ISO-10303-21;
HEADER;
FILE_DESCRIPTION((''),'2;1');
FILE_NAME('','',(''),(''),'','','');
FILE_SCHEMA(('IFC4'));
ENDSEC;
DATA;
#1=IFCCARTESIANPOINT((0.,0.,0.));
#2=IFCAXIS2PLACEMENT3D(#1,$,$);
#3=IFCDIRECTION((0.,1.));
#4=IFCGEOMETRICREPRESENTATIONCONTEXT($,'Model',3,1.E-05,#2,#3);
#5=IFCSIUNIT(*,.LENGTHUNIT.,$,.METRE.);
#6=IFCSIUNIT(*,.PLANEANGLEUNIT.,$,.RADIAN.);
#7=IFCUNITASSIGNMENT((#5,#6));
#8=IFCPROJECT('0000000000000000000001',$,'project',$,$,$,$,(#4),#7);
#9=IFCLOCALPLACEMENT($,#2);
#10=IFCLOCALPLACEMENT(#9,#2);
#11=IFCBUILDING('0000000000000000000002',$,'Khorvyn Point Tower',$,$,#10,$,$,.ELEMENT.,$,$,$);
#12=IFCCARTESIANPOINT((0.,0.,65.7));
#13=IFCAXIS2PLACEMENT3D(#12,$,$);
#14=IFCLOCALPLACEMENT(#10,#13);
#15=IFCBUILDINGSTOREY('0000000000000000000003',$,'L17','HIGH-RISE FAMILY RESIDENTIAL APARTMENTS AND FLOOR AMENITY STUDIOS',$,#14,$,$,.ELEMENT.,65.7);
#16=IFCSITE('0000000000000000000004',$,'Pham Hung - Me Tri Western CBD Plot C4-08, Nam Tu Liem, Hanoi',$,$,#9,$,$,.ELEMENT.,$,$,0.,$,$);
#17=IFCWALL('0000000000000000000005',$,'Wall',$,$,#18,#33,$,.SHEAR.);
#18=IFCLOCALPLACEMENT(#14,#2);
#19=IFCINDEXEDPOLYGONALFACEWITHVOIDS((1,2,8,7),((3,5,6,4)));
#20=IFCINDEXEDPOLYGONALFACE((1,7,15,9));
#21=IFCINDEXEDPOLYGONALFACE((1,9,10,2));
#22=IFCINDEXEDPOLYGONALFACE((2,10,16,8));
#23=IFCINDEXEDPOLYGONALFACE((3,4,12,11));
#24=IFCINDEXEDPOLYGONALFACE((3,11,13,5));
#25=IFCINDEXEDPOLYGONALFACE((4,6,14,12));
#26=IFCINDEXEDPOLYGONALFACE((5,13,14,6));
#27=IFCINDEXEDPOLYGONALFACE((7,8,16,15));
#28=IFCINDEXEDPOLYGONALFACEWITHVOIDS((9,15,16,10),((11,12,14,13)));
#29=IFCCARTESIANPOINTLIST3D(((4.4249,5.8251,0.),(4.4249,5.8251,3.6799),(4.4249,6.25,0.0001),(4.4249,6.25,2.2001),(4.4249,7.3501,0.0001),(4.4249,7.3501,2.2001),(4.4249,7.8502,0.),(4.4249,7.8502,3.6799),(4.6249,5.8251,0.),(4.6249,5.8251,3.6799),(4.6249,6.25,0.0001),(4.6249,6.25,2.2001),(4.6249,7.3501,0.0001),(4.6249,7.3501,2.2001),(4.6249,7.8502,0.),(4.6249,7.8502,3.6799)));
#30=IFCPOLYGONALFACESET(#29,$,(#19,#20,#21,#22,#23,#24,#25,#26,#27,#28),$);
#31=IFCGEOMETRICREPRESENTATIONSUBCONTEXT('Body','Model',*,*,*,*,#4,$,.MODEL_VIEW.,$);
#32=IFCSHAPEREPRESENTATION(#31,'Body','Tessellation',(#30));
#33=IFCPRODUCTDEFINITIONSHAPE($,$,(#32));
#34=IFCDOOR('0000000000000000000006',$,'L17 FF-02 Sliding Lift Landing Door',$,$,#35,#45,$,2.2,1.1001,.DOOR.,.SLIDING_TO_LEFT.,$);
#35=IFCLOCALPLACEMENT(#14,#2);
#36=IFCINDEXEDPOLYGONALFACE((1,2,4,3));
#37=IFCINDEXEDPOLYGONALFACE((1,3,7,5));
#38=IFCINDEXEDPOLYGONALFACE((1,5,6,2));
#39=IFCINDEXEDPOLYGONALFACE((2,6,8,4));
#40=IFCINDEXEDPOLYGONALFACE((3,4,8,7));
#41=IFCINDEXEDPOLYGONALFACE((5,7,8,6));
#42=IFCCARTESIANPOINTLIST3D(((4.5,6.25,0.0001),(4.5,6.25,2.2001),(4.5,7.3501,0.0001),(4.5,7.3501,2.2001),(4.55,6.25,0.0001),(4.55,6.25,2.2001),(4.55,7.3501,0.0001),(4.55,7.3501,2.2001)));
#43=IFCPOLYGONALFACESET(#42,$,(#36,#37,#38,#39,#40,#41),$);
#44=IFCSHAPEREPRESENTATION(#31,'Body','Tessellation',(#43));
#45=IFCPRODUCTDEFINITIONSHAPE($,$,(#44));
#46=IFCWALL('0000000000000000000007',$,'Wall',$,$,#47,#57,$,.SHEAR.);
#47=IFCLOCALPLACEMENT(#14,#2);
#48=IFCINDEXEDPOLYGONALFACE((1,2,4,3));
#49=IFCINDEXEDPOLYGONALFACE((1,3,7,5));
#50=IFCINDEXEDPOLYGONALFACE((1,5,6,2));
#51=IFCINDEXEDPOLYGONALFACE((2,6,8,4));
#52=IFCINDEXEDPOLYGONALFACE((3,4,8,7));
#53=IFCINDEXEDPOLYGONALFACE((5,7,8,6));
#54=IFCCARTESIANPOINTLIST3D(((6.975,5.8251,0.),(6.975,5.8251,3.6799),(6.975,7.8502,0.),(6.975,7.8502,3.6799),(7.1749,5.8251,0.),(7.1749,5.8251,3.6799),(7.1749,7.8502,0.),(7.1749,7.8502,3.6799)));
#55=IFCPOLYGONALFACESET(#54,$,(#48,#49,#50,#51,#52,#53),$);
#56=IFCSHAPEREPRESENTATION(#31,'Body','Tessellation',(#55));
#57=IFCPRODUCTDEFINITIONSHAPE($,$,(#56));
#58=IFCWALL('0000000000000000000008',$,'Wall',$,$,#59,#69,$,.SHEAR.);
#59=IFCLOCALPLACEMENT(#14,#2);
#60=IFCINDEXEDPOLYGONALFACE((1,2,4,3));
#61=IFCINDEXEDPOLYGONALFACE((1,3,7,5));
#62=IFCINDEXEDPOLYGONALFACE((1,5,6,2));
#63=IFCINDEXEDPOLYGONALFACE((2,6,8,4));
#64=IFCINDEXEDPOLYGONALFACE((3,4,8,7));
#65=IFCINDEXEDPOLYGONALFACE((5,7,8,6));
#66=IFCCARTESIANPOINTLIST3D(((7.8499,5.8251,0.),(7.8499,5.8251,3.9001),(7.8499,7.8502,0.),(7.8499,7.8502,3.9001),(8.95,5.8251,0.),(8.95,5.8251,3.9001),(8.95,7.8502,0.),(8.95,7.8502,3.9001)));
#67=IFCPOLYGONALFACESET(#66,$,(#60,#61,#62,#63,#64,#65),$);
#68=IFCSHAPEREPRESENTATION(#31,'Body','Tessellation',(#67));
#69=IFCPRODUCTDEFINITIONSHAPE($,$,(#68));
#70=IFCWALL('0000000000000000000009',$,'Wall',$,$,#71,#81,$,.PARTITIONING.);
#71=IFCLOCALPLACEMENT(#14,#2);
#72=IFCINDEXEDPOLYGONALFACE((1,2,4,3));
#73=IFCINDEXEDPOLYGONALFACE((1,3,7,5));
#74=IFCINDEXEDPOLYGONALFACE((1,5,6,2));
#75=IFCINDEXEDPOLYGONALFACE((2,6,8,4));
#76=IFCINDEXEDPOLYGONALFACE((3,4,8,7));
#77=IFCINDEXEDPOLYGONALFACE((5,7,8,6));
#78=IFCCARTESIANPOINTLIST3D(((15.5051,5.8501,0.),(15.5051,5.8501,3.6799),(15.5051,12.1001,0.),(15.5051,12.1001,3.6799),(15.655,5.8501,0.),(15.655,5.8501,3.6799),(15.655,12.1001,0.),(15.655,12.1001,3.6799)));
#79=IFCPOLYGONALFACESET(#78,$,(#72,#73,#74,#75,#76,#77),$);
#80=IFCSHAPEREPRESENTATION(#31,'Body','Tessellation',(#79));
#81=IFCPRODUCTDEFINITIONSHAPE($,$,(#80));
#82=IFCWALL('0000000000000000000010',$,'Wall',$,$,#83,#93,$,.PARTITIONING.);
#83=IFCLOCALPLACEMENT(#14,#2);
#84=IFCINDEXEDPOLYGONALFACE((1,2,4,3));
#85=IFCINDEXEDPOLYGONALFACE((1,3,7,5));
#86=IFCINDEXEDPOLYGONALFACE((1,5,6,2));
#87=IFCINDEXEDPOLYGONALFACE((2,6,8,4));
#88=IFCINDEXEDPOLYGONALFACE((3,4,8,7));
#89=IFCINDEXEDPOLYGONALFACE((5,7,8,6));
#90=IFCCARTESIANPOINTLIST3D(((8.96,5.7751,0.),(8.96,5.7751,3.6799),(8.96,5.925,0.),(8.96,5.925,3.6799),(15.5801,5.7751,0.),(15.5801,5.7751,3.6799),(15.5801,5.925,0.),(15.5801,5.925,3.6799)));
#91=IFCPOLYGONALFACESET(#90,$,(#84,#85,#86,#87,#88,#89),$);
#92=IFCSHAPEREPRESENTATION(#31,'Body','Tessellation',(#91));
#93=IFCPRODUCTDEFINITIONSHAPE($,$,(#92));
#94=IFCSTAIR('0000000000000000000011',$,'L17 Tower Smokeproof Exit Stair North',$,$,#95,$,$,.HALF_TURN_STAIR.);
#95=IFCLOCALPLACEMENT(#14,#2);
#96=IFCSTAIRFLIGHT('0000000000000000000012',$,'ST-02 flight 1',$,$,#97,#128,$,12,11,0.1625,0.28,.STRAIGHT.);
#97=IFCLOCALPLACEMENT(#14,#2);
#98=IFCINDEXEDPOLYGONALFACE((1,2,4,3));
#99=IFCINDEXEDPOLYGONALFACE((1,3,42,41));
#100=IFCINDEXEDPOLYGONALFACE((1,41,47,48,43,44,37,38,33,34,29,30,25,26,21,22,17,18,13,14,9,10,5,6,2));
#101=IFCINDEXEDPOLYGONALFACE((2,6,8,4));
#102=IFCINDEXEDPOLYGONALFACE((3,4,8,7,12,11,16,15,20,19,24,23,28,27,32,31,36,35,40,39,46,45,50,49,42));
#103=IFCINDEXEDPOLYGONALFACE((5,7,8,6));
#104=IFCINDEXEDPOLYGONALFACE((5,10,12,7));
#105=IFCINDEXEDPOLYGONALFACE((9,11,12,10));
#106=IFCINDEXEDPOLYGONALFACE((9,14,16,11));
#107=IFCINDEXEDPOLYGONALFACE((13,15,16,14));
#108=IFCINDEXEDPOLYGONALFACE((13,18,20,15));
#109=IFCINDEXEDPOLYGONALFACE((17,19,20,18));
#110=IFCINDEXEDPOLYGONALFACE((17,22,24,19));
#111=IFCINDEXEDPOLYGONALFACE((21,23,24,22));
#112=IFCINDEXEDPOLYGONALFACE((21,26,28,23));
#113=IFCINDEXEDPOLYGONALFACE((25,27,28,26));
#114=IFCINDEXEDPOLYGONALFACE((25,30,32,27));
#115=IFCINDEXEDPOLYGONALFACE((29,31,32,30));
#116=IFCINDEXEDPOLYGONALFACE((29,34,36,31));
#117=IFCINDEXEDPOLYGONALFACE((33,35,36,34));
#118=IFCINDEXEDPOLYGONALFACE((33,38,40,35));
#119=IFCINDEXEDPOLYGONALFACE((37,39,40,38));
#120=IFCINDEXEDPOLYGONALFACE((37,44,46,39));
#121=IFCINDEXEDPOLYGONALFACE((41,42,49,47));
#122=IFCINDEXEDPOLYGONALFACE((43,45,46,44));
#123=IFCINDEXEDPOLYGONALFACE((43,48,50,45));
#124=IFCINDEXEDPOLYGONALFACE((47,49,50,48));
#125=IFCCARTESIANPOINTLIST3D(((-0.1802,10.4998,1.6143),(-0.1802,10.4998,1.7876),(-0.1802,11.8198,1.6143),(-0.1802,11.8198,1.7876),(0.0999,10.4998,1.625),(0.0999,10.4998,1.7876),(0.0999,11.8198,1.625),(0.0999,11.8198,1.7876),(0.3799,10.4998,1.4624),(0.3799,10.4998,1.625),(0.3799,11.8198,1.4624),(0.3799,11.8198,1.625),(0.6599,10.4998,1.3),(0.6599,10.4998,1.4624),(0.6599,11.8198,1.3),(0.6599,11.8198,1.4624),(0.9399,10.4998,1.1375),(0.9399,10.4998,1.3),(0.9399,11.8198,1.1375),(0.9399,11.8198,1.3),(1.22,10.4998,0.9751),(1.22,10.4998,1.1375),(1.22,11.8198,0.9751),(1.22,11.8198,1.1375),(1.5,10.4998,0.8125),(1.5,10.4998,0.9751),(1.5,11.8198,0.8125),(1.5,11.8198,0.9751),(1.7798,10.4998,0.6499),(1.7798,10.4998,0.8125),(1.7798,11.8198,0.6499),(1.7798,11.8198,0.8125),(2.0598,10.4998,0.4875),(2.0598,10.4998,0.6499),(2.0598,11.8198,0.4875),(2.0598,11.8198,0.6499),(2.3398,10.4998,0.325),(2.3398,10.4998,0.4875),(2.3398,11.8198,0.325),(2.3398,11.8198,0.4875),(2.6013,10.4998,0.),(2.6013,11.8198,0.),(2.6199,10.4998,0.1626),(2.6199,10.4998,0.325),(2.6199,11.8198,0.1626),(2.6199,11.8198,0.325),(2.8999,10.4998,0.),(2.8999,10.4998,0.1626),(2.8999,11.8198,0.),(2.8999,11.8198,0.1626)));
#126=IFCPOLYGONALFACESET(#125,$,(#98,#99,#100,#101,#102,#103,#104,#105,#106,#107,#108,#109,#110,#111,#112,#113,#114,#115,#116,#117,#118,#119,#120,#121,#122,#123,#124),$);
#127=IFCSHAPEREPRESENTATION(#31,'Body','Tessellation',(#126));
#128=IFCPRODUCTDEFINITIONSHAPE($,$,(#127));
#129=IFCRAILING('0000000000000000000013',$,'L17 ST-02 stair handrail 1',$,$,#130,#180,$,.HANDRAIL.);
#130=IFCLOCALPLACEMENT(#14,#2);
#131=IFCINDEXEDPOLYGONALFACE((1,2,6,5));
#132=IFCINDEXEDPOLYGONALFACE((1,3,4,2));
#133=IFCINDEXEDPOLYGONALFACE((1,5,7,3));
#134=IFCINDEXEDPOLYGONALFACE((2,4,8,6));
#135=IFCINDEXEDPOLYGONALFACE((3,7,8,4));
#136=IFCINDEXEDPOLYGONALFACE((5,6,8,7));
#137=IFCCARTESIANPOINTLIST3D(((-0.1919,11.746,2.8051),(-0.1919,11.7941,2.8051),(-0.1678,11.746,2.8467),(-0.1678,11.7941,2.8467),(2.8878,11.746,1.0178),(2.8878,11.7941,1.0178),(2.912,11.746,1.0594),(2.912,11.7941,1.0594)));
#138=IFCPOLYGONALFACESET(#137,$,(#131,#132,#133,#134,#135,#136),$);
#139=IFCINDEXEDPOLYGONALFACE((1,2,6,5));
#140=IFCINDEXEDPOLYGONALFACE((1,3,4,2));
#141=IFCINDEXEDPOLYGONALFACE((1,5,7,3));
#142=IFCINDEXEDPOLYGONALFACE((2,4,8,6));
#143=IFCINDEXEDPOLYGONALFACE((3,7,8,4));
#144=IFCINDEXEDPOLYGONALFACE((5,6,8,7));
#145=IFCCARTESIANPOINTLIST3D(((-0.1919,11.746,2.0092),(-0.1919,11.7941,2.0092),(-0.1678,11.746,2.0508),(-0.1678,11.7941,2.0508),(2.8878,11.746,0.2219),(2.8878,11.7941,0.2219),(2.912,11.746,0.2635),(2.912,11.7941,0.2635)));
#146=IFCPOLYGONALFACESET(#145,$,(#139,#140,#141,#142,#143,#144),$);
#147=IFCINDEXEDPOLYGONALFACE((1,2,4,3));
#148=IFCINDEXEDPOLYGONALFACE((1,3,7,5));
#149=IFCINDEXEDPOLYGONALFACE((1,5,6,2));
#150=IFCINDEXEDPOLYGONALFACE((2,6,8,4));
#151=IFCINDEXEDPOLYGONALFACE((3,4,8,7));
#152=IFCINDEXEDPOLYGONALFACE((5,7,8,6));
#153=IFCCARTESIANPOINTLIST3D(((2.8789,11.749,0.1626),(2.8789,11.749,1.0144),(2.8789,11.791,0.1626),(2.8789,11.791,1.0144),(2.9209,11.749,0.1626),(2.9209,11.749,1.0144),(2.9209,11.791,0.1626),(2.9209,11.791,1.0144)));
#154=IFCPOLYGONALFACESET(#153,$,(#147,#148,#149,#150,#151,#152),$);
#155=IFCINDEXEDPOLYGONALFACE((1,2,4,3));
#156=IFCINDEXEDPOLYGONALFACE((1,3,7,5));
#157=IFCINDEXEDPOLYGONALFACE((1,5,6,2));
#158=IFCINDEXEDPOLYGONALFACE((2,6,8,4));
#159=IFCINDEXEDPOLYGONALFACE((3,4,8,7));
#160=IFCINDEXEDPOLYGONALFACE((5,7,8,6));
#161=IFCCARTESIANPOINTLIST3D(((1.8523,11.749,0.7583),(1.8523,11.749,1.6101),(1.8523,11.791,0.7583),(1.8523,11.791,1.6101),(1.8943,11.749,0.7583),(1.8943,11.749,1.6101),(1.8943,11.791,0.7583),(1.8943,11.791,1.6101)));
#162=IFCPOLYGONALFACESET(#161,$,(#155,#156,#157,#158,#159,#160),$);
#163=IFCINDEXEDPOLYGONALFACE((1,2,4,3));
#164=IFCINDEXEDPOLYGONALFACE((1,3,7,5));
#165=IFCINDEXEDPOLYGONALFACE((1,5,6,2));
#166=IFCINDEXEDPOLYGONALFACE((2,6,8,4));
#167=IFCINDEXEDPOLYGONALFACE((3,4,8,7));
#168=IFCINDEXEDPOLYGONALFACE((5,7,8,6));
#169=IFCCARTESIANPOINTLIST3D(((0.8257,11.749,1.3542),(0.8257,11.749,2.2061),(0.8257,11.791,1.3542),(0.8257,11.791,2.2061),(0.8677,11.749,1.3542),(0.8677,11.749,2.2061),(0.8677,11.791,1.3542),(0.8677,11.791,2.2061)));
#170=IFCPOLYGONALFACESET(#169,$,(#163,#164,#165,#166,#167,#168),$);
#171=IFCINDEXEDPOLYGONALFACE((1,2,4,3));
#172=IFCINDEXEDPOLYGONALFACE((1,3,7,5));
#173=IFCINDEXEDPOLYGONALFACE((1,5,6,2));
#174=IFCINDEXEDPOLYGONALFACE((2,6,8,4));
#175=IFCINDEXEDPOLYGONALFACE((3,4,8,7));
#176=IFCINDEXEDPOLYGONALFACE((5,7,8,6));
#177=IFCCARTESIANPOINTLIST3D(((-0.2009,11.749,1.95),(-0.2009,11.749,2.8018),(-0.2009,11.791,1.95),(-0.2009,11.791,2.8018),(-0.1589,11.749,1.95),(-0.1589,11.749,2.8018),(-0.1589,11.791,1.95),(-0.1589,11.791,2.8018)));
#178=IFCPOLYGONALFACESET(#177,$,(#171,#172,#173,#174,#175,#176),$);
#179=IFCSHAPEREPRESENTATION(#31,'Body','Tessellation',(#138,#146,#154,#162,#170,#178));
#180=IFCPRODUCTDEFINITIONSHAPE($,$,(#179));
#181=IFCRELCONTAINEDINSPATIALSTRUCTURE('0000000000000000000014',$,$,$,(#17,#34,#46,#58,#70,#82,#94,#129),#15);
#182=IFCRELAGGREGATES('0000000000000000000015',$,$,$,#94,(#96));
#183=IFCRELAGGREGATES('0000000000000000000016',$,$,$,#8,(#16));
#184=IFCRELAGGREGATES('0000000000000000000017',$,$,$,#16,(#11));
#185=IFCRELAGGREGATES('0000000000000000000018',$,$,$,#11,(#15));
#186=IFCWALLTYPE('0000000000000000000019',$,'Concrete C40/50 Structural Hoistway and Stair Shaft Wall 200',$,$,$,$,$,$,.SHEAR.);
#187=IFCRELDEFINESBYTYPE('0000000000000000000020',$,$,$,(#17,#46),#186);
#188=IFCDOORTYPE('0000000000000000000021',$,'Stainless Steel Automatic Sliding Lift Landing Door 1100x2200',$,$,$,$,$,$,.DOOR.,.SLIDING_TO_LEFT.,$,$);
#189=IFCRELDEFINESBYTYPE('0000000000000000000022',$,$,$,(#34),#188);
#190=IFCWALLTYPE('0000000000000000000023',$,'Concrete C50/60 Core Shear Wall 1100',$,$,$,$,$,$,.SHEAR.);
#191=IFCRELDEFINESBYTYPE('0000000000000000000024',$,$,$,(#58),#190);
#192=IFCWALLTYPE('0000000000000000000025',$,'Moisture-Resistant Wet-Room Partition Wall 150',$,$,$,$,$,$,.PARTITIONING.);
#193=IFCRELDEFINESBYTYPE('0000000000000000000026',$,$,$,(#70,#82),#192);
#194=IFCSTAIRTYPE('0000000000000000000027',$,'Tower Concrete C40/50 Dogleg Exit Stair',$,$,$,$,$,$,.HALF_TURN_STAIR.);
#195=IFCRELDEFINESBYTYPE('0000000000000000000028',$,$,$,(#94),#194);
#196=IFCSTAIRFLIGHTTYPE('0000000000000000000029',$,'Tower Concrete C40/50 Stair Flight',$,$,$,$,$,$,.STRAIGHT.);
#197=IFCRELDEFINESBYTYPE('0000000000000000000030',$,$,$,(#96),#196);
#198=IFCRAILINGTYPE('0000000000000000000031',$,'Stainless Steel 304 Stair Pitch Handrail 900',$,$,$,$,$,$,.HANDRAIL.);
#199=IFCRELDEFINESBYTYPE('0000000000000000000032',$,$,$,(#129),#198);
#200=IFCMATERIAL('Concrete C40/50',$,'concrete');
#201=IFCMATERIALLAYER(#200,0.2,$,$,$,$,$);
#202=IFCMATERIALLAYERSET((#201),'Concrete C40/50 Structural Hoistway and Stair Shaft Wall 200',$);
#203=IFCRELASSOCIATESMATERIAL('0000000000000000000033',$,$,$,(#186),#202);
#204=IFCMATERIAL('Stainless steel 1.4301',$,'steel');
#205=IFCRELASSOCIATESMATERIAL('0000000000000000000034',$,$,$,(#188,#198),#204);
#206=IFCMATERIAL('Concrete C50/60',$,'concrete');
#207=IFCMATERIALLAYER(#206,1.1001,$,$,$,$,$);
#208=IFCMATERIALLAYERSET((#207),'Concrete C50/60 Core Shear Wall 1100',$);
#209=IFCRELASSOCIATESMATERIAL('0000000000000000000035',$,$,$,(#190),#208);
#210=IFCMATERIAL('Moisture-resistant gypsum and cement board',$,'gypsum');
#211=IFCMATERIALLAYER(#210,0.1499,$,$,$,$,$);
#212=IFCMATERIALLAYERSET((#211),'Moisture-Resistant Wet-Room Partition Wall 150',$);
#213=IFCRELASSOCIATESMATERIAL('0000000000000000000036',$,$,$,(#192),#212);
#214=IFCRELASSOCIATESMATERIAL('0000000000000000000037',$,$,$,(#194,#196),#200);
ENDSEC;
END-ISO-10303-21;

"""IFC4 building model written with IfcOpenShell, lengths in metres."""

from ifc_helpers import new_model, si_unit, direction, frame, frame_2d, origin, origin_2d, place, context, subcontext, project, spatial, polyline, rectangle, outline, extrude, material, layer, layer_set, type_object, element, fill, aggregate, save


model = new_model("IFC4")

# Units and contexts
model_context = context("Model", 3, precision=1e-05, world=origin(), true_north=direction((0.0, 1.0)))
body_context = subcontext(model_context, "Body", "Model", "MODEL_VIEW")
ifc_project = project(units=[si_unit("LENGTHUNIT", "METRE"), si_unit("PLANEANGLEUNIT", "RADIAN")], contexts=[model_context])

# Site, building, storey
site_placement = place(None, origin())
site = spatial("IfcSite", under=ifc_project, at=site_placement, Name="Pham Hung - Me Tri Western CBD Plot C4-08, Nam Tu Liem, Hanoi", CompositionType="ELEMENT", RefElevation=0.0)
building_placement = place(site_placement, origin())
building = spatial("IfcBuilding", under=site, at=building_placement, Name="Khorvyn Point Tower", CompositionType="ELEMENT")
storey_placement = place(building_placement, frame((0.0, 0.0, 65.7)))
storey = spatial("IfcBuildingStorey", under=building, at=storey_placement, Name="L17", Description="HIGH-RISE FAMILY RESIDENTIAL APARTMENTS AND FLOOR AMENITY STUDIOS", CompositionType="ELEMENT", Elevation=65.7)

# Shared definitions
ifc_material_1 = material(Name="Concrete C50/60", Category="concrete")

# Shared definitions
ifc_material_2 = material(Name="Concrete C40/50", Category="concrete")

# Wall, opening, door
ifc_layer_1 = layer(ifc_material_2, 0.2)
ifc_layer_set_1 = layer_set([ifc_layer_1], Name="Concrete C40/50 Structural Hoistway and Stair Shaft Wall 200")
wall_type_1 = type_object("IfcWallType", Name="Concrete C40/50 Structural Hoistway and Stair Shaft Wall 200", PredefinedType="SHEAR", material=ifc_layer_set_1)
wall_1_placement = place(storey_placement, frame((4.5249, 5.825, 0.0), z_axis=(0.0, 0.0, 1.0), x_axis=(0.0, 1.0, 0.0)))
wall_1 = element("IfcWall", 1, at=wall_1_placement, inside=storey, type_object=wall_type_1, Name="Wall", PredefinedType="SHEAR", context=body_context, shape_type="SweptSolid", body=[
    extrude(rectangle(XDim=2.0251, YDim=0.2, at=frame_2d((1.0127, 0.0))), origin(), (0.0, 0.0, 1.0), 3.6799),
])
opening_1_placement = place(wall_1_placement, frame((0.425, 0.0, 0.0)))
opening_1 = element("IfcOpeningElement", 2, at=opening_1_placement, cuts=wall_1, PredefinedType="OPENING", context=body_context, shape_type="SweptSolid", body=[
    extrude(rectangle(XDim=1.1001, YDim=2.2, at=frame_2d((0.55, 1.1001))), frame((0.0, 0.1099, 0.0), z_axis=(0.0, -1.0, 0.0), x_axis=(1.0, 0.0, 0.0)), (0.0, 0.0, 1.0), 0.22),
])
ifc_material_3 = material(Name="Stainless steel 1.4301", Category="steel")
door_type_1 = type_object("IfcDoorType", Name="Stainless Steel Automatic Sliding Lift Landing Door 1100x2200", OperationType="SLIDING_TO_LEFT", PredefinedType="DOOR", material=ifc_material_3)
door_1_placement = place(opening_1_placement, origin())
door_1 = element("IfcDoor", 3, at=door_1_placement, inside=storey, type_object=door_type_1, Name="L17 FF-02 Sliding Lift Landing Door", OperationType="SLIDING_TO_LEFT", OverallHeight=2.2, OverallWidth=1.1001, PredefinedType="DOOR", context=body_context, shape_type="SweptSolid", body=[
    extrude(rectangle(XDim=1.1001, YDim=2.2, at=frame_2d((0.55, 1.1001))), frame((0.0, 0.0249, 0.0), z_axis=(0.0, -1.0, 0.0), x_axis=(1.0, 0.0, 0.0)), (0.0, 0.0, 1.0), 0.05),
])
fill(opening_1, door_1)

# Walls
wall_2_placement = place(storey_placement, frame((7.075, 5.825, 0.0), z_axis=(0.0, 0.0, 1.0), x_axis=(0.0, 1.0, 0.0)))
element("IfcWall", 4, at=wall_2_placement, inside=storey, type_object=wall_type_1, Name="Wall", PredefinedType="SHEAR", context=body_context, shape_type="SweptSolid", body=[
    extrude(rectangle(XDim=2.0251, YDim=0.2, at=frame_2d((1.0127, 0.0))), origin(), (0.0, 0.0, 1.0), 3.6799),
])
ifc_layer_2 = layer(ifc_material_1, 1.1001)
ifc_layer_set_2 = layer_set([ifc_layer_2], Name="Concrete C50/60 Core Shear Wall 1100")
wall_type_2 = type_object("IfcWallType", Name="Concrete C50/60 Core Shear Wall 1100", PredefinedType="SHEAR", material=ifc_layer_set_2)
wall_3_placement = place(storey_placement, frame((8.3999, 5.825, 0.0), z_axis=(0.0, 0.0, 1.0), x_axis=(0.0, 1.0, 0.0)))
element("IfcWall", 5, at=wall_3_placement, inside=storey, type_object=wall_type_2, Name="Wall", PredefinedType="SHEAR", context=body_context, shape_type="SweptSolid", body=[
    extrude(rectangle(XDim=2.0251, YDim=1.1001, at=frame_2d((1.0127, 0.0))), origin(), (0.0, 0.0, 1.0), 3.9001),
])
ifc_material_4 = material(Name="Moisture-resistant gypsum and cement board", Category="gypsum")
ifc_layer_3 = layer(ifc_material_4, 0.1499)
ifc_layer_set_3 = layer_set([ifc_layer_3], Name="Moisture-Resistant Wet-Room Partition Wall 150")
wall_type_3 = type_object("IfcWallType", Name="Moisture-Resistant Wet-Room Partition Wall 150", PredefinedType="PARTITIONING", material=ifc_layer_set_3)
wall_4_placement = place(storey_placement, frame((15.5801, 5.8501, 0.0), z_axis=(0.0, 0.0, 1.0), x_axis=(0.0, 1.0, 0.0)))
element("IfcWall", 6, at=wall_4_placement, inside=storey, type_object=wall_type_3, Name="Wall", PredefinedType="PARTITIONING", context=body_context, shape_type="SweptSolid", body=[
    extrude(rectangle(XDim=6.25, YDim=0.1499, at=frame_2d((3.125, 0.0))), origin(), (0.0, 0.0, 1.0), 3.6799),
])
wall_5_placement = place(storey_placement, frame((8.96, 5.8501, 0.0), z_axis=(0.0, 0.0, 1.0), x_axis=(1.0, 0.0, 0.0)))
element("IfcWall", 7, at=wall_5_placement, inside=storey, type_object=wall_type_3, Name="Wall", PredefinedType="PARTITIONING", context=body_context, shape_type="SweptSolid", body=[
    extrude(rectangle(XDim=6.6201, YDim=0.1499, at=frame_2d((3.3101, 0.0))), origin(), (0.0, 0.0, 1.0), 3.6799),
])

# Stair, stair flight
stair_type = type_object("IfcStairType", Name="Tower Concrete C40/50 Dogleg Exit Stair", PredefinedType="HALF_TURN_STAIR", material=ifc_material_2)
stair_placement = place(storey_placement, origin())
stair = element("IfcStair", 8, at=stair_placement, inside=storey, type_object=stair_type, Name="L17 Tower Smokeproof Exit Stair North", PredefinedType="HALF_TURN_STAIR")
stair_flight_type = type_object("IfcStairFlightType", Name="Tower Concrete C40/50 Stair Flight", PredefinedType="STRAIGHT", material=ifc_material_2)
stair_flight_placement = place(storey_placement, frame((2.8999, 11.1599, 0.0), z_axis=(0.0, 0.0, 1.0), x_axis=(-1.0, 0.0, 0.0)))
stair_flight = element("IfcStairFlight", 9, at=stair_flight_placement, type_object=stair_flight_type, Name="ST-02 flight 1", NumberOfRisers=12, NumberOfTreads=11, PredefinedType="STRAIGHT", RiserHeight=0.1625, TreadLength=0.28, context=body_context, shape_type="SweptSolid", body=[
    extrude(outline(polyline([(0.0, 0.0), (0.0, 0.1626), (0.28, 0.1626), (0.28, 0.325), (0.5601, 0.325), (0.5601, 0.4875), (0.8401, 0.4875), (0.8401, 0.6499), (1.1201, 0.6499), (1.1201, 0.8125), (1.3999, 0.8125), (1.3999, 0.9751), (1.6799, 0.9751), (1.6799, 1.1375), (1.96, 1.1375), (1.96, 1.3), (2.24, 1.3), (2.24, 1.4624), (2.52, 1.4624), (2.52, 1.625), (2.8, 1.625), (2.8, 1.7876), (3.0801, 1.7876), (3.0801, 1.95), (3.0801, 1.6143), (0.2986, 0.0), (0.0, 0.0)])), frame((0.0, 0.6602, 0.0), z_axis=(0.0, -1.0, 0.0), x_axis=(1.0, 0.0, 0.0)), (0.0, 0.0, 1.0), 1.3201),
])
aggregate(stair, [stair_flight])

# Railing
railing_type_1 = type_object("IfcRailingType", Name="Stainless Steel 304 Stair Pitch Handrail 900", PredefinedType="HANDRAIL", material=ifc_material_3)
railing_1_placement = place(storey_placement, frame((2.8999, 11.77, 0.1626)))
element("IfcRailing", 10, at=railing_1_placement, inside=storey, type_object=railing_type_1, Name="L17 ST-02 stair handrail 1", PredefinedType="HANDRAIL", context=body_context, shape_type="SweptSolid", body=[
    extrude(rectangle(XDim=0.0481, YDim=0.0481, at=origin_2d()), frame((0.0, 0.0, 0.876), z_axis=(-0.864903, 0.0, 0.501939), x_axis=(0.0, -1.0, 0.0)), (0.0, 0.0, 1.0), 3.5608),
    extrude(rectangle(XDim=0.0481, YDim=0.0481, at=origin_2d()), frame((0.0, 0.0, 0.0801), z_axis=(-0.864903, 0.0, 0.501939), x_axis=(0.0, -1.0, 0.0)), (0.0, 0.0, 1.0), 3.5608),
    extrude(rectangle(XDim=0.042, YDim=0.042, at=origin_2d()), origin(), (0.0, 0.0, 1.0), 0.8518),
    extrude(rectangle(XDim=0.042, YDim=0.042, at=origin_2d()), frame((-1.0266, 0.0, 0.5957)), (0.0, 0.0, 1.0), 0.8518),
    extrude(rectangle(XDim=0.042, YDim=0.042, at=origin_2d()), frame((-2.0532, 0.0, 1.1917)), (0.0, 0.0, 1.0), 0.8518),
    extrude(rectangle(XDim=0.042, YDim=0.042, at=origin_2d()), frame((-3.0798, 0.0, 1.7874)), (0.0, 0.0, 1.0), 0.8518),
])

save(model, "model.ifc")
